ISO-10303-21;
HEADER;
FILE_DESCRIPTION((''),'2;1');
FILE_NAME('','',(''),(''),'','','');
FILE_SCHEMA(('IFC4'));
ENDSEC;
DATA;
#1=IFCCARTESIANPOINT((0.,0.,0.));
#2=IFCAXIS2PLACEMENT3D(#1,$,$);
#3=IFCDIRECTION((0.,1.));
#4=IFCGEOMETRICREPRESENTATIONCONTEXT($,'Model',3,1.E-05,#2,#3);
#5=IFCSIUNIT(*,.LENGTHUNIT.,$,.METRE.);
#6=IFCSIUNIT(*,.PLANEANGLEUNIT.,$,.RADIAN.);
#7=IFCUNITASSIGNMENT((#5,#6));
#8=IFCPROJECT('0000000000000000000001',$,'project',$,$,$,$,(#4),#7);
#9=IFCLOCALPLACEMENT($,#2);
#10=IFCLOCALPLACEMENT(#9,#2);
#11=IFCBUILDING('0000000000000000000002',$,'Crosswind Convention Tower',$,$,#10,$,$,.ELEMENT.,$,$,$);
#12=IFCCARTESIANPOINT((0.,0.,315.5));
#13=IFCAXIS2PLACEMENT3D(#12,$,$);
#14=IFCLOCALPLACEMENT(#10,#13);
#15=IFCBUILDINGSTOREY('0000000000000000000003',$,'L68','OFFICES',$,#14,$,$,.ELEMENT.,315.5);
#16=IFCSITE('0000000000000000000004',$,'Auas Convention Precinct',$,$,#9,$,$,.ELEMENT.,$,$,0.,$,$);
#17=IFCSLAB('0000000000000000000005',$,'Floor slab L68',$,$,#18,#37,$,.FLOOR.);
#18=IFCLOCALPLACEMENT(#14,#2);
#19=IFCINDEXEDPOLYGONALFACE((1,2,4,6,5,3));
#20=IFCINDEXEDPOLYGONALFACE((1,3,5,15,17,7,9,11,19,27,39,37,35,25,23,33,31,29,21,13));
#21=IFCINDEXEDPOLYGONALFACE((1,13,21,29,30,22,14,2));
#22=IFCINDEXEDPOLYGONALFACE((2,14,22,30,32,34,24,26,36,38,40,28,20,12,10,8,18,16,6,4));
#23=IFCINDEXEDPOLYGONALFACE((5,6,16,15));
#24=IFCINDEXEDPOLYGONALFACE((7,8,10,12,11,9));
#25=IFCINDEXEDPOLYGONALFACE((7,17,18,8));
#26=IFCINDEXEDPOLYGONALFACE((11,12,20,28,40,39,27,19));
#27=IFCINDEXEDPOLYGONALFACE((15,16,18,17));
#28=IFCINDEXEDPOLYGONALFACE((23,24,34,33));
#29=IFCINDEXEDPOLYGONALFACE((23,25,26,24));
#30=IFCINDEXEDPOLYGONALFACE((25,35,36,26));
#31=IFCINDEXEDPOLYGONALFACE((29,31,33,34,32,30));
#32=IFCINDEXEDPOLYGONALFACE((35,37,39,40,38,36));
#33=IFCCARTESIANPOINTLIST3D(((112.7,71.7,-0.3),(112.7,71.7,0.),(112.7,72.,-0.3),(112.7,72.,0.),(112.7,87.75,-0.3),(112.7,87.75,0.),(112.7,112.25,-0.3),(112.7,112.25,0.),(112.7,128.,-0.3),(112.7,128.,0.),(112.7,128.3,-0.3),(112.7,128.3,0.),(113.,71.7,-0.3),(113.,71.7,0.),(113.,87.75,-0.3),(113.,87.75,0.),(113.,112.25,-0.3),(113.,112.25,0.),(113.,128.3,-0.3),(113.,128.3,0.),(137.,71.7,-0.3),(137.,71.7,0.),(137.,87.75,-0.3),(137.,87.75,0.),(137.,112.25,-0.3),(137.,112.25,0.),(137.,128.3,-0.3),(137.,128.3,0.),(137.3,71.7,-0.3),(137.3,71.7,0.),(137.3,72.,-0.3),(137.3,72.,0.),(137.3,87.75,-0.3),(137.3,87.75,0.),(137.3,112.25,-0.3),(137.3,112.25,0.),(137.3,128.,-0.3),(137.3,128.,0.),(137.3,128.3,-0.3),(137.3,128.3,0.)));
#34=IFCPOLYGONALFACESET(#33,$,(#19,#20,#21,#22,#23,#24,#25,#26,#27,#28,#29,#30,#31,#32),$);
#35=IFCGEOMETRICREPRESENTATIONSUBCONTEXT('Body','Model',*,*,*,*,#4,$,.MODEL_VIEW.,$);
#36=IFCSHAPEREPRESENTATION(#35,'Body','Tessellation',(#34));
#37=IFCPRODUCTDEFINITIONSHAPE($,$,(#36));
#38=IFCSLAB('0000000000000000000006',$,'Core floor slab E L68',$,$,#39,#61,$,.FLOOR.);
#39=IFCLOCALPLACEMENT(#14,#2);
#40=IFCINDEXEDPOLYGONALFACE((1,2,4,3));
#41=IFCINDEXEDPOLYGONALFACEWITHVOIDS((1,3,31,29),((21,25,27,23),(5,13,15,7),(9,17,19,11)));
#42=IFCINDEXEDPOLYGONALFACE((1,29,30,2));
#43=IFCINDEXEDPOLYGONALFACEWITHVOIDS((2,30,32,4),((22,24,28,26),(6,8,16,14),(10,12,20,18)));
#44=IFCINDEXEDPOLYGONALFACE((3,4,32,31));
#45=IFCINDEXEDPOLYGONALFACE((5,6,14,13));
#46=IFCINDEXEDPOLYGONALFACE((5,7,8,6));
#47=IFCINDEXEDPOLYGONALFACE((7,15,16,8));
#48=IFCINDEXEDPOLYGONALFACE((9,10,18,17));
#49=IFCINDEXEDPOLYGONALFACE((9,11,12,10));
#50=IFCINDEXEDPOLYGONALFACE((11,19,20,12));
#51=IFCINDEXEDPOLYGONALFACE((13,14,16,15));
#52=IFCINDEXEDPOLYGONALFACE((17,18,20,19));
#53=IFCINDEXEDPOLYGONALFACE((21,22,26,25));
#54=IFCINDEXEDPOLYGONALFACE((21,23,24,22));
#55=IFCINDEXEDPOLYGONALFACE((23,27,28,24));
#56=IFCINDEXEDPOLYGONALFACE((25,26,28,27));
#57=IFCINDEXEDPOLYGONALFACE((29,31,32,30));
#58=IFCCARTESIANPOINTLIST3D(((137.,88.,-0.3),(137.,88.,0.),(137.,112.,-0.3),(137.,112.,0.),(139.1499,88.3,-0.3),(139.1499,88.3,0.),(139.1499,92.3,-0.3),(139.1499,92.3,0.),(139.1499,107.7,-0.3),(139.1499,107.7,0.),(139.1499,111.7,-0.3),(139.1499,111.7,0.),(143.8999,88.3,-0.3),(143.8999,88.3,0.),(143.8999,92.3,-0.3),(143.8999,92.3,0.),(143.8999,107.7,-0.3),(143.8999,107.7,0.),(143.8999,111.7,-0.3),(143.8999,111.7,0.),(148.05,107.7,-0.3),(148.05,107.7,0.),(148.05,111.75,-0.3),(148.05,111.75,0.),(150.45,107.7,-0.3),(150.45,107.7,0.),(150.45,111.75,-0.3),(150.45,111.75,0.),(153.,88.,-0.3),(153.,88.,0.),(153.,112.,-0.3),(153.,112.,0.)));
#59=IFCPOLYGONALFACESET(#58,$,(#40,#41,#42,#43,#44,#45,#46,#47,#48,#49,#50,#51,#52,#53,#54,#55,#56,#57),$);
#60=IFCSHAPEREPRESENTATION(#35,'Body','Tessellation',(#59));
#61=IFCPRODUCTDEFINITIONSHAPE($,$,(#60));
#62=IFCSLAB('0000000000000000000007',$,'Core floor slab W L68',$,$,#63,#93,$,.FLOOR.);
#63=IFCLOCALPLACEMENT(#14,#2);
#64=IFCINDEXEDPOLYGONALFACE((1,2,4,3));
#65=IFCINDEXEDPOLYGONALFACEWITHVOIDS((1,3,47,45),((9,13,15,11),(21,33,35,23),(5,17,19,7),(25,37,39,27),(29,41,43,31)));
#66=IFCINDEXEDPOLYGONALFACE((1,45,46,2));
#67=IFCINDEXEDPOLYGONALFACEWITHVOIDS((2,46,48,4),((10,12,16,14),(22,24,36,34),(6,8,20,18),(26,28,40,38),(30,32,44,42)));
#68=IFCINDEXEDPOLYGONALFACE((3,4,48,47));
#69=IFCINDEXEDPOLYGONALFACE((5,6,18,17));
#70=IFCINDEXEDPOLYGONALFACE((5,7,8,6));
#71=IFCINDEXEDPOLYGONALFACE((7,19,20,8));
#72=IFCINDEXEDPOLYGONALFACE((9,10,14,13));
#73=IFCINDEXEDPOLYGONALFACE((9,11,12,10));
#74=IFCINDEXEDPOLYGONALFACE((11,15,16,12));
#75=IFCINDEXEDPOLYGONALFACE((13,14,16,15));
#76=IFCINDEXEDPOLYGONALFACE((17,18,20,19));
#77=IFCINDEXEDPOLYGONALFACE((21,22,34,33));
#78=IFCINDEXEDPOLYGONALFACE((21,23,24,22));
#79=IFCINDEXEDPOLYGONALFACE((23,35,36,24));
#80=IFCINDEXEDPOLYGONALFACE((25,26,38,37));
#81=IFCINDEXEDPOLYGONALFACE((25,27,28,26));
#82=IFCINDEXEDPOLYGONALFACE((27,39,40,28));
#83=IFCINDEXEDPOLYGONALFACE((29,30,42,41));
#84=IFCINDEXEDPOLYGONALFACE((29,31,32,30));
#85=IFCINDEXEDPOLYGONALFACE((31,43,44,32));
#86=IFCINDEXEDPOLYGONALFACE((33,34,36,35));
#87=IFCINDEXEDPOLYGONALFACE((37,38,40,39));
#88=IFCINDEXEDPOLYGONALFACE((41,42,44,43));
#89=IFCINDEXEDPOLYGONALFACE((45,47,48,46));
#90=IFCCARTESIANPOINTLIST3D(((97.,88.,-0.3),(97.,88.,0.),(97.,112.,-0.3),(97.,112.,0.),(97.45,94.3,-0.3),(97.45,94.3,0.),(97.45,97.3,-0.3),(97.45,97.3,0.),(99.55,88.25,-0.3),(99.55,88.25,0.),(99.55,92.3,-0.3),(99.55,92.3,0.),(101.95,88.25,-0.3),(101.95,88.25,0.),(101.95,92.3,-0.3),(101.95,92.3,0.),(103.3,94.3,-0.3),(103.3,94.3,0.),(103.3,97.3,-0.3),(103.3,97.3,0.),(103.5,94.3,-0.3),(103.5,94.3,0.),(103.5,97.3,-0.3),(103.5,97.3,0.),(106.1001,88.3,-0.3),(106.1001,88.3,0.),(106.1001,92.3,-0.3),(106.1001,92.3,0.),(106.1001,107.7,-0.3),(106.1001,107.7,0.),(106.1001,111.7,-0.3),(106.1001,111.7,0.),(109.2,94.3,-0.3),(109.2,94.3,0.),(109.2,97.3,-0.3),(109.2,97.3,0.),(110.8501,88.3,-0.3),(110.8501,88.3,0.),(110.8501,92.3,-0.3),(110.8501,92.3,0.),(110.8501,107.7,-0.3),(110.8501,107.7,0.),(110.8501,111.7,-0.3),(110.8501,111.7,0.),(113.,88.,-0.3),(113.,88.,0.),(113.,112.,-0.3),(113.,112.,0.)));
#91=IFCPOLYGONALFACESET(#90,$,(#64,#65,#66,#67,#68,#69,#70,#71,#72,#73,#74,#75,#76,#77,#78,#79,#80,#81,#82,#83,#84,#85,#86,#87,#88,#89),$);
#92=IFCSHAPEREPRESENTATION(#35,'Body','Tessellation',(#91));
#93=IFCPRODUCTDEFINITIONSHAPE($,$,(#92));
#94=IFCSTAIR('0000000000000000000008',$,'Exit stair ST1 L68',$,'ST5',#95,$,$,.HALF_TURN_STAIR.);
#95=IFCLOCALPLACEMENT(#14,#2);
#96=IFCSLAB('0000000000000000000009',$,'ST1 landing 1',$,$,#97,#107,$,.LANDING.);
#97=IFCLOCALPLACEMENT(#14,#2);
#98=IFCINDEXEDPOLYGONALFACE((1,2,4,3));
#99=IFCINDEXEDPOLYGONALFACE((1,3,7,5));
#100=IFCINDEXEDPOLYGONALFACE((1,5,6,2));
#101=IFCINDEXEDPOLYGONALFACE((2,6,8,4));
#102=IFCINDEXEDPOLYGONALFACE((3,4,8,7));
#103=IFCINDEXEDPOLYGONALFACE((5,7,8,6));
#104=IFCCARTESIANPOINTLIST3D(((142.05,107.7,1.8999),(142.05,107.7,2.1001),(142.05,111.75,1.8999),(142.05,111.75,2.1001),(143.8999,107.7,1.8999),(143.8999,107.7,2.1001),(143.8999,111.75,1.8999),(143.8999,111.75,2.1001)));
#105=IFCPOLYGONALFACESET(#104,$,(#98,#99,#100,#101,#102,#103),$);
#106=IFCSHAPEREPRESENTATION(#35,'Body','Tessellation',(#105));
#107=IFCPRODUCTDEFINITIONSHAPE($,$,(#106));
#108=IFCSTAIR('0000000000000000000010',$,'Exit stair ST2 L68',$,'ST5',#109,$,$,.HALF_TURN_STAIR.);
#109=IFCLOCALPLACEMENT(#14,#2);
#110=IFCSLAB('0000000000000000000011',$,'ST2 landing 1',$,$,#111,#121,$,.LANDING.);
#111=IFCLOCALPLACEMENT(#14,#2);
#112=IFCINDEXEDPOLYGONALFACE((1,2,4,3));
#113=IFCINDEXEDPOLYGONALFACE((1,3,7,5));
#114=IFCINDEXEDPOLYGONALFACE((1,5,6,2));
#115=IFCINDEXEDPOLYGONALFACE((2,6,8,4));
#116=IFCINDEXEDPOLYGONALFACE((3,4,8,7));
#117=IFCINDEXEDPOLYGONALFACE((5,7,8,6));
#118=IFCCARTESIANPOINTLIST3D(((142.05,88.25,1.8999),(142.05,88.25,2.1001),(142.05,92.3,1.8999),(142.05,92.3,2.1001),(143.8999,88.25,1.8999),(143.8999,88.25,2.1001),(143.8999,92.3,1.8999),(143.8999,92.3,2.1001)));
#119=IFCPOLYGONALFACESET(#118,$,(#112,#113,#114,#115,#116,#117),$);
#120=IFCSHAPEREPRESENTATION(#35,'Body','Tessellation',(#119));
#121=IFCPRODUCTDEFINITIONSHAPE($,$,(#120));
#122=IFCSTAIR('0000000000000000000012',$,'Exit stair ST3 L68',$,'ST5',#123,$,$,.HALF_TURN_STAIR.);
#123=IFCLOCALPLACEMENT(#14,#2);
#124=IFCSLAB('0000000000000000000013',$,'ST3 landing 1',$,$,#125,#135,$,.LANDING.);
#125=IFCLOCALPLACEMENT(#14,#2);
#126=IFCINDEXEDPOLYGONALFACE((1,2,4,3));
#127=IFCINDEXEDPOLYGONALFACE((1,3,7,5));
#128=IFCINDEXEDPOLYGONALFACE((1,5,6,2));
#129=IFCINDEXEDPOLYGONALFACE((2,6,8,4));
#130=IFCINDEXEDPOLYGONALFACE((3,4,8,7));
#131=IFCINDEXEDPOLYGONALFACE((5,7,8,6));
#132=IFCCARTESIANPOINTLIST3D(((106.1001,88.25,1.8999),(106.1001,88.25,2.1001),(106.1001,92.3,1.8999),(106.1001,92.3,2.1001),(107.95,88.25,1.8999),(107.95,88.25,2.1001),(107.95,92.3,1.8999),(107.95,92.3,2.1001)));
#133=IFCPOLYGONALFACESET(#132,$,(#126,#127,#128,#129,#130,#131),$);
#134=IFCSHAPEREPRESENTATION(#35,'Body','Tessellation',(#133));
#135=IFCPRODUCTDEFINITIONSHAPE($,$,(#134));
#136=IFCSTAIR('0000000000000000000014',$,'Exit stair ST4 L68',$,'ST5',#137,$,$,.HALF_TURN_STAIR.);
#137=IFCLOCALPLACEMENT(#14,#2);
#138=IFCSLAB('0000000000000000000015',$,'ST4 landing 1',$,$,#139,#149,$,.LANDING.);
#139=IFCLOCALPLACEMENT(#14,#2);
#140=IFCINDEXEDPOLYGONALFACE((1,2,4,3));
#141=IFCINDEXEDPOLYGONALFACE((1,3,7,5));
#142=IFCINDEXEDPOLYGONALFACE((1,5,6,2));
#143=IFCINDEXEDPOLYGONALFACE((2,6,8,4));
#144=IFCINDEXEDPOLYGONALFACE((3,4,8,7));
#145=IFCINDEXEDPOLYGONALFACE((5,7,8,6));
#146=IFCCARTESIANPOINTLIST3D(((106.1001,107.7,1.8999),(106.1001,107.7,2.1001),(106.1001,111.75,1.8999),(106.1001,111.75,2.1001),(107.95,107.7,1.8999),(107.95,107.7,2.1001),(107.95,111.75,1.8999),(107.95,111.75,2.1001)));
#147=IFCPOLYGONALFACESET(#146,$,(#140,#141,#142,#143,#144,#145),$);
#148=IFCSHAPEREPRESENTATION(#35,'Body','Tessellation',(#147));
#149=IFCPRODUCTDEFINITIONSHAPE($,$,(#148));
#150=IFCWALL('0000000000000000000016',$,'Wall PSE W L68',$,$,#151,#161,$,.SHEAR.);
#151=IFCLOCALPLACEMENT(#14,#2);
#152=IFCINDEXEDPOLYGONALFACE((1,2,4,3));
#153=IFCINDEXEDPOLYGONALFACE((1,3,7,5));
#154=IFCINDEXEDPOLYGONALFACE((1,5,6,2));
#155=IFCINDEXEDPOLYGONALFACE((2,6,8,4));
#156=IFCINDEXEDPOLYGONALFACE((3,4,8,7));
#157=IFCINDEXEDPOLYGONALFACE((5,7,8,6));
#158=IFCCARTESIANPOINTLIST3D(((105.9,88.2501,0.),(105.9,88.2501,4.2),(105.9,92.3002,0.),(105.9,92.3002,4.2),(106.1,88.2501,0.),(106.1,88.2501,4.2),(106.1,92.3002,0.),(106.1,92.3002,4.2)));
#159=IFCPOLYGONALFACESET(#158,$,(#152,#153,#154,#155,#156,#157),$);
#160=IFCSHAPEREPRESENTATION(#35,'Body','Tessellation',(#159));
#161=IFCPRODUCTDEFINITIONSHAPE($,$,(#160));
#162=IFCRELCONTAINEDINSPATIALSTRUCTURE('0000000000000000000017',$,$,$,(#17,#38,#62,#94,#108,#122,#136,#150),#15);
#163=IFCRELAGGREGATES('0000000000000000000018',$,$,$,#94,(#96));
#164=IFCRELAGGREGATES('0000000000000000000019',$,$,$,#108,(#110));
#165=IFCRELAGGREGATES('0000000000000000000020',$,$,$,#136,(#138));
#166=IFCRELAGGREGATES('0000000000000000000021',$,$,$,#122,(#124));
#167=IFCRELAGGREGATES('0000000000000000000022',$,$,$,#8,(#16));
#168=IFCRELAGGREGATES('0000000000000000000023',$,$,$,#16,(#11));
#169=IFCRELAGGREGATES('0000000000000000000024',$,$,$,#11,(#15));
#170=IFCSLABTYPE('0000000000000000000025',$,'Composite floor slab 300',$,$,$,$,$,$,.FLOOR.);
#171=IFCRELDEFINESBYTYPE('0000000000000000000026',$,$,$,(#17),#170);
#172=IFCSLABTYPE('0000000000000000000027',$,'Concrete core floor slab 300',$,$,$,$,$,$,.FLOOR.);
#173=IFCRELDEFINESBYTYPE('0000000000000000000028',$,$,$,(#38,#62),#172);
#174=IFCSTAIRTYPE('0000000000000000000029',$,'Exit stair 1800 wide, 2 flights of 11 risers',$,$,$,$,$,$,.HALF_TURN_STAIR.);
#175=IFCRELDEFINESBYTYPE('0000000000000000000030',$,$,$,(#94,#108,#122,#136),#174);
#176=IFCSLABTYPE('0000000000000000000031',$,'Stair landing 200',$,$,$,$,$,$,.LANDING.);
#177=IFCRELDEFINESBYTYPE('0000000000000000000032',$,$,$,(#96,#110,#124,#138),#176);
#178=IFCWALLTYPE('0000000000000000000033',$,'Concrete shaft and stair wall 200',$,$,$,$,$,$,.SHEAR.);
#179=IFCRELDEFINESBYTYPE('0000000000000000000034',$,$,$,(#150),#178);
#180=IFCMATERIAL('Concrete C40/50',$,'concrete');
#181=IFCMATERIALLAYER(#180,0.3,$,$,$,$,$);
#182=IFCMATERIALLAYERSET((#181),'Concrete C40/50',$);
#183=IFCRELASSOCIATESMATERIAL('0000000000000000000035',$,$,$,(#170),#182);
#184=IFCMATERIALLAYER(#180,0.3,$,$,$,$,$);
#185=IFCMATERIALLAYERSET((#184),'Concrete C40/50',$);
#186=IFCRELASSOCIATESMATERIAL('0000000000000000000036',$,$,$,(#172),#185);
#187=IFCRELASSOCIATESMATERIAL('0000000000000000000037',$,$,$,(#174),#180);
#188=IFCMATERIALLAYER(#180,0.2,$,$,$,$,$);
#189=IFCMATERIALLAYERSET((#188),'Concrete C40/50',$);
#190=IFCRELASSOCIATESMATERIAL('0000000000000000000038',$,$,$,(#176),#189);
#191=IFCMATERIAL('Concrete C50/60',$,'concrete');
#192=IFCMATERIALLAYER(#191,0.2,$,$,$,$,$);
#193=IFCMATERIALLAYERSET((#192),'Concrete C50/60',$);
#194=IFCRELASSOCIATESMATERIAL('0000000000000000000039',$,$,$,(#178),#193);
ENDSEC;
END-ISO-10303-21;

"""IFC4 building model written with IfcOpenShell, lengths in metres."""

from ifc_helpers import new_model, si_unit, direction, frame, frame_2d, origin, place, context, subcontext, project, spatial, polyline, rectangle, outline, extrude, material, layer, layer_set, type_object, element, aggregate, save


model = new_model("IFC4")

# Units and contexts
model_context = context("Model", 3, precision=1e-05, world=origin(), true_north=direction((0.0, 1.0)))
body_context = subcontext(model_context, "Body", "Model", "MODEL_VIEW")
ifc_project = project(units=[si_unit("LENGTHUNIT", "METRE"), si_unit("PLANEANGLEUNIT", "RADIAN")], contexts=[model_context])

# Site, building, storey
site_placement = place(None, origin())
site = spatial("IfcSite", under=ifc_project, at=site_placement, Name="Auas Convention Precinct", CompositionType="ELEMENT", RefElevation=0.0)
building_placement = place(site_placement, origin())
building = spatial("IfcBuilding", under=site, at=building_placement, Name="Crosswind Convention Tower", CompositionType="ELEMENT")
storey_placement = place(building_placement, frame((0.0, 0.0, 315.5)))
storey = spatial("IfcBuildingStorey", under=building, at=storey_placement, Name="L68", Description="OFFICES", CompositionType="ELEMENT", Elevation=315.5)

# Slabs
ifc_material_1 = material(Name="Concrete C40/50", Category="concrete")
ifc_layer_1 = layer(ifc_material_1, 0.3)
ifc_layer_set_1 = layer_set([ifc_layer_1], Name="Concrete C40/50")
slab_type_1 = type_object("IfcSlabType", Name="Composite floor slab 300", PredefinedType="FLOOR", material=ifc_layer_set_1)
slab_1_placement = place(storey_placement, frame((0.0, 0.0, -0.3)))
element("IfcSlab", 1, at=slab_1_placement, inside=storey, type_object=slab_type_1, Name="Floor slab L68", PredefinedType="FLOOR", context=body_context, shape_type="SweptSolid", body=[
    extrude(outline(polyline([(137.3, 71.7), (137.0, 71.7), (113.0, 71.7), (112.7, 71.7), (112.7, 72.0), (112.7, 87.75), (113.0, 87.75), (113.0, 112.25), (112.7, 112.25), (112.7, 128.0), (112.7, 128.3), (113.0, 128.3), (137.0, 128.3), (137.3, 128.3), (137.3, 128.0), (137.3, 112.25), (137.0, 112.25), (137.0, 87.75), (137.3, 87.75), (137.3, 72.0), (137.3, 71.7)])), origin(), (0.0, 0.0, 1.0), 0.3),
])
ifc_layer_2 = layer(ifc_material_1, 0.3)
ifc_layer_set_2 = layer_set([ifc_layer_2], Name="Concrete C40/50")
slab_type_2 = type_object("IfcSlabType", Name="Concrete core floor slab 300", PredefinedType="FLOOR", material=ifc_layer_set_2)
slab_2_placement = place(storey_placement, frame((0.0, 0.0, -0.3)))
element("IfcSlab", 2, at=slab_2_placement, inside=storey, type_object=slab_type_2, Name="Core floor slab E L68", PredefinedType="FLOOR", context=body_context, shape_type="SweptSolid", body=[
    extrude(outline(polyline([(137.0, 88.0), (153.0, 88.0), (153.0, 112.0), (137.0, 112.0), (137.0, 88.0)]), holes=[polyline([(150.45, 107.7), (150.45, 111.75), (148.05, 111.75), (148.05, 107.7), (150.45, 107.7)]), polyline([(143.8999, 107.7), (143.8999, 111.7), (139.1499, 111.7), (139.1499, 107.7), (143.8999, 107.7)]), polyline([(143.8999, 88.3), (143.8999, 92.3), (139.1499, 92.3), (139.1499, 88.3), (143.8999, 88.3)])]), origin(), (0.0, 0.0, 1.0), 0.3),
])
slab_3_placement = place(storey_placement, frame((0.0, 0.0, -0.3)))
element("IfcSlab", 3, at=slab_3_placement, inside=storey, type_object=slab_type_2, Name="Core floor slab W L68", PredefinedType="FLOOR", context=body_context, shape_type="SweptSolid", body=[
    extrude(outline(polyline([(97.0, 88.0), (113.0, 88.0), (113.0, 112.0), (97.0, 112.0), (97.0, 88.0)]), holes=[polyline([(109.2, 94.3), (109.2, 97.3), (103.5, 97.3), (103.5, 94.3), (109.2, 94.3)]), polyline([(103.3, 94.3), (103.3, 97.3), (97.45, 97.3), (97.45, 94.3), (103.3, 94.3)]), polyline([(101.95, 88.25), (101.95, 92.3), (99.55, 92.3), (99.55, 88.25), (101.95, 88.25)]), polyline([(110.8501, 88.3), (110.8501, 92.3), (106.1001, 92.3), (106.1001, 88.3), (110.8501, 88.3)]), polyline([(110.8501, 107.7), (110.8501, 111.7), (106.1001, 111.7), (106.1001, 107.7), (110.8501, 107.7)])]), origin(), (0.0, 0.0, 1.0), 0.3),
])

# Stairs, slabs
stair_type = type_object("IfcStairType", Name="Exit stair 1800 wide, 2 flights of 11 risers", PredefinedType="HALF_TURN_STAIR", material=ifc_material_1)
stair_1_placement = place(storey_placement, origin())
stair_1 = element("IfcStair", 4, at=stair_1_placement, inside=storey, type_object=stair_type, Name="Exit stair ST1 L68", ObjectType="ST5", PredefinedType="HALF_TURN_STAIR")
ifc_layer_3 = layer(ifc_material_1, 0.2)
ifc_layer_set_3 = layer_set([ifc_layer_3], Name="Concrete C40/50")
slab_type_3 = type_object("IfcSlabType", Name="Stair landing 200", PredefinedType="LANDING", material=ifc_layer_set_3)
slab_4_placement = place(storey_placement, frame((0.0, 0.0, 1.8999)))
slab_4 = element("IfcSlab", 5, at=slab_4_placement, type_object=slab_type_3, Name="ST1 landing 1", PredefinedType="LANDING", context=body_context, shape_type="SweptSolid", body=[
    extrude(outline(polyline([(143.8999, 107.7), (143.8999, 111.75), (142.05, 111.75), (142.05, 107.7), (143.8999, 107.7)])), origin(), (0.0, 0.0, 1.0), 0.2002),
])
aggregate(stair_1, [slab_4])
stair_2_placement = place(storey_placement, origin())
stair_2 = element("IfcStair", 6, at=stair_2_placement, inside=storey, type_object=stair_type, Name="Exit stair ST2 L68", ObjectType="ST5", PredefinedType="HALF_TURN_STAIR")
slab_5_placement = place(storey_placement, frame((0.0, 0.0, 1.8999)))
slab_5 = element("IfcSlab", 7, at=slab_5_placement, type_object=slab_type_3, Name="ST2 landing 1", PredefinedType="LANDING", context=body_context, shape_type="SweptSolid", body=[
    extrude(outline(polyline([(143.8999, 88.25), (143.8999, 92.3), (142.05, 92.3), (142.05, 88.25), (143.8999, 88.25)])), origin(), (0.0, 0.0, 1.0), 0.2002),
])
aggregate(stair_2, [slab_5])
stair_3_placement = place(storey_placement, origin())
stair_3 = element("IfcStair", 8, at=stair_3_placement, inside=storey, type_object=stair_type, Name="Exit stair ST3 L68", ObjectType="ST5", PredefinedType="HALF_TURN_STAIR")
slab_6_placement = place(storey_placement, frame((0.0, 0.0, 1.8999)))
slab_6 = element("IfcSlab", 9, at=slab_6_placement, type_object=slab_type_3, Name="ST3 landing 1", PredefinedType="LANDING", context=body_context, shape_type="SweptSolid", body=[
    extrude(outline(polyline([(107.95, 88.25), (107.95, 92.3), (106.1001, 92.3), (106.1001, 88.25), (107.95, 88.25)])), origin(), (0.0, 0.0, 1.0), 0.2002),
])
stair_4_placement = place(storey_placement, origin())
stair_4 = element("IfcStair", 10, at=stair_4_placement, inside=storey, type_object=stair_type, Name="Exit stair ST4 L68", ObjectType="ST5", PredefinedType="HALF_TURN_STAIR")
slab_7_placement = place(storey_placement, frame((0.0, 0.0, 1.8999)))
slab_7 = element("IfcSlab", 11, at=slab_7_placement, type_object=slab_type_3, Name="ST4 landing 1", PredefinedType="LANDING", context=body_context, shape_type="SweptSolid", body=[
    extrude(outline(polyline([(107.95, 107.7), (107.95, 111.75), (106.1001, 111.75), (106.1001, 107.7), (107.95, 107.7)])), origin(), (0.0, 0.0, 1.0), 0.2002),
])
aggregate(stair_4, [slab_7])

# Wall
ifc_material_2 = material(Name="Concrete C50/60", Category="concrete")
ifc_layer_4 = layer(ifc_material_2, 0.2)
ifc_layer_set_4 = layer_set([ifc_layer_4], Name="Concrete C50/60")
wall_type_1 = type_object("IfcWallType", Name="Concrete shaft and stair wall 200", PredefinedType="SHEAR", material=ifc_layer_set_4)
wall_1_placement = place(storey_placement, frame((106.0, 92.3, 0.0), z_axis=(0.0, 0.0, 1.0), x_axis=(0.0, -1.0, 0.0)))
element("IfcWall", 12, at=wall_1_placement, inside=storey, type_object=wall_type_1, Name="Wall PSE W L68", PredefinedType="SHEAR", context=body_context, shape_type="SweptSolid", body=[
    extrude(rectangle(XDim=4.05, YDim=0.2, at=frame_2d((2.0249, 0.0))), origin(), (0.0, 0.0, 1.0), 4.2),
])

aggregate(stair_3, [slab_6])

save(model, "model.ifc")
